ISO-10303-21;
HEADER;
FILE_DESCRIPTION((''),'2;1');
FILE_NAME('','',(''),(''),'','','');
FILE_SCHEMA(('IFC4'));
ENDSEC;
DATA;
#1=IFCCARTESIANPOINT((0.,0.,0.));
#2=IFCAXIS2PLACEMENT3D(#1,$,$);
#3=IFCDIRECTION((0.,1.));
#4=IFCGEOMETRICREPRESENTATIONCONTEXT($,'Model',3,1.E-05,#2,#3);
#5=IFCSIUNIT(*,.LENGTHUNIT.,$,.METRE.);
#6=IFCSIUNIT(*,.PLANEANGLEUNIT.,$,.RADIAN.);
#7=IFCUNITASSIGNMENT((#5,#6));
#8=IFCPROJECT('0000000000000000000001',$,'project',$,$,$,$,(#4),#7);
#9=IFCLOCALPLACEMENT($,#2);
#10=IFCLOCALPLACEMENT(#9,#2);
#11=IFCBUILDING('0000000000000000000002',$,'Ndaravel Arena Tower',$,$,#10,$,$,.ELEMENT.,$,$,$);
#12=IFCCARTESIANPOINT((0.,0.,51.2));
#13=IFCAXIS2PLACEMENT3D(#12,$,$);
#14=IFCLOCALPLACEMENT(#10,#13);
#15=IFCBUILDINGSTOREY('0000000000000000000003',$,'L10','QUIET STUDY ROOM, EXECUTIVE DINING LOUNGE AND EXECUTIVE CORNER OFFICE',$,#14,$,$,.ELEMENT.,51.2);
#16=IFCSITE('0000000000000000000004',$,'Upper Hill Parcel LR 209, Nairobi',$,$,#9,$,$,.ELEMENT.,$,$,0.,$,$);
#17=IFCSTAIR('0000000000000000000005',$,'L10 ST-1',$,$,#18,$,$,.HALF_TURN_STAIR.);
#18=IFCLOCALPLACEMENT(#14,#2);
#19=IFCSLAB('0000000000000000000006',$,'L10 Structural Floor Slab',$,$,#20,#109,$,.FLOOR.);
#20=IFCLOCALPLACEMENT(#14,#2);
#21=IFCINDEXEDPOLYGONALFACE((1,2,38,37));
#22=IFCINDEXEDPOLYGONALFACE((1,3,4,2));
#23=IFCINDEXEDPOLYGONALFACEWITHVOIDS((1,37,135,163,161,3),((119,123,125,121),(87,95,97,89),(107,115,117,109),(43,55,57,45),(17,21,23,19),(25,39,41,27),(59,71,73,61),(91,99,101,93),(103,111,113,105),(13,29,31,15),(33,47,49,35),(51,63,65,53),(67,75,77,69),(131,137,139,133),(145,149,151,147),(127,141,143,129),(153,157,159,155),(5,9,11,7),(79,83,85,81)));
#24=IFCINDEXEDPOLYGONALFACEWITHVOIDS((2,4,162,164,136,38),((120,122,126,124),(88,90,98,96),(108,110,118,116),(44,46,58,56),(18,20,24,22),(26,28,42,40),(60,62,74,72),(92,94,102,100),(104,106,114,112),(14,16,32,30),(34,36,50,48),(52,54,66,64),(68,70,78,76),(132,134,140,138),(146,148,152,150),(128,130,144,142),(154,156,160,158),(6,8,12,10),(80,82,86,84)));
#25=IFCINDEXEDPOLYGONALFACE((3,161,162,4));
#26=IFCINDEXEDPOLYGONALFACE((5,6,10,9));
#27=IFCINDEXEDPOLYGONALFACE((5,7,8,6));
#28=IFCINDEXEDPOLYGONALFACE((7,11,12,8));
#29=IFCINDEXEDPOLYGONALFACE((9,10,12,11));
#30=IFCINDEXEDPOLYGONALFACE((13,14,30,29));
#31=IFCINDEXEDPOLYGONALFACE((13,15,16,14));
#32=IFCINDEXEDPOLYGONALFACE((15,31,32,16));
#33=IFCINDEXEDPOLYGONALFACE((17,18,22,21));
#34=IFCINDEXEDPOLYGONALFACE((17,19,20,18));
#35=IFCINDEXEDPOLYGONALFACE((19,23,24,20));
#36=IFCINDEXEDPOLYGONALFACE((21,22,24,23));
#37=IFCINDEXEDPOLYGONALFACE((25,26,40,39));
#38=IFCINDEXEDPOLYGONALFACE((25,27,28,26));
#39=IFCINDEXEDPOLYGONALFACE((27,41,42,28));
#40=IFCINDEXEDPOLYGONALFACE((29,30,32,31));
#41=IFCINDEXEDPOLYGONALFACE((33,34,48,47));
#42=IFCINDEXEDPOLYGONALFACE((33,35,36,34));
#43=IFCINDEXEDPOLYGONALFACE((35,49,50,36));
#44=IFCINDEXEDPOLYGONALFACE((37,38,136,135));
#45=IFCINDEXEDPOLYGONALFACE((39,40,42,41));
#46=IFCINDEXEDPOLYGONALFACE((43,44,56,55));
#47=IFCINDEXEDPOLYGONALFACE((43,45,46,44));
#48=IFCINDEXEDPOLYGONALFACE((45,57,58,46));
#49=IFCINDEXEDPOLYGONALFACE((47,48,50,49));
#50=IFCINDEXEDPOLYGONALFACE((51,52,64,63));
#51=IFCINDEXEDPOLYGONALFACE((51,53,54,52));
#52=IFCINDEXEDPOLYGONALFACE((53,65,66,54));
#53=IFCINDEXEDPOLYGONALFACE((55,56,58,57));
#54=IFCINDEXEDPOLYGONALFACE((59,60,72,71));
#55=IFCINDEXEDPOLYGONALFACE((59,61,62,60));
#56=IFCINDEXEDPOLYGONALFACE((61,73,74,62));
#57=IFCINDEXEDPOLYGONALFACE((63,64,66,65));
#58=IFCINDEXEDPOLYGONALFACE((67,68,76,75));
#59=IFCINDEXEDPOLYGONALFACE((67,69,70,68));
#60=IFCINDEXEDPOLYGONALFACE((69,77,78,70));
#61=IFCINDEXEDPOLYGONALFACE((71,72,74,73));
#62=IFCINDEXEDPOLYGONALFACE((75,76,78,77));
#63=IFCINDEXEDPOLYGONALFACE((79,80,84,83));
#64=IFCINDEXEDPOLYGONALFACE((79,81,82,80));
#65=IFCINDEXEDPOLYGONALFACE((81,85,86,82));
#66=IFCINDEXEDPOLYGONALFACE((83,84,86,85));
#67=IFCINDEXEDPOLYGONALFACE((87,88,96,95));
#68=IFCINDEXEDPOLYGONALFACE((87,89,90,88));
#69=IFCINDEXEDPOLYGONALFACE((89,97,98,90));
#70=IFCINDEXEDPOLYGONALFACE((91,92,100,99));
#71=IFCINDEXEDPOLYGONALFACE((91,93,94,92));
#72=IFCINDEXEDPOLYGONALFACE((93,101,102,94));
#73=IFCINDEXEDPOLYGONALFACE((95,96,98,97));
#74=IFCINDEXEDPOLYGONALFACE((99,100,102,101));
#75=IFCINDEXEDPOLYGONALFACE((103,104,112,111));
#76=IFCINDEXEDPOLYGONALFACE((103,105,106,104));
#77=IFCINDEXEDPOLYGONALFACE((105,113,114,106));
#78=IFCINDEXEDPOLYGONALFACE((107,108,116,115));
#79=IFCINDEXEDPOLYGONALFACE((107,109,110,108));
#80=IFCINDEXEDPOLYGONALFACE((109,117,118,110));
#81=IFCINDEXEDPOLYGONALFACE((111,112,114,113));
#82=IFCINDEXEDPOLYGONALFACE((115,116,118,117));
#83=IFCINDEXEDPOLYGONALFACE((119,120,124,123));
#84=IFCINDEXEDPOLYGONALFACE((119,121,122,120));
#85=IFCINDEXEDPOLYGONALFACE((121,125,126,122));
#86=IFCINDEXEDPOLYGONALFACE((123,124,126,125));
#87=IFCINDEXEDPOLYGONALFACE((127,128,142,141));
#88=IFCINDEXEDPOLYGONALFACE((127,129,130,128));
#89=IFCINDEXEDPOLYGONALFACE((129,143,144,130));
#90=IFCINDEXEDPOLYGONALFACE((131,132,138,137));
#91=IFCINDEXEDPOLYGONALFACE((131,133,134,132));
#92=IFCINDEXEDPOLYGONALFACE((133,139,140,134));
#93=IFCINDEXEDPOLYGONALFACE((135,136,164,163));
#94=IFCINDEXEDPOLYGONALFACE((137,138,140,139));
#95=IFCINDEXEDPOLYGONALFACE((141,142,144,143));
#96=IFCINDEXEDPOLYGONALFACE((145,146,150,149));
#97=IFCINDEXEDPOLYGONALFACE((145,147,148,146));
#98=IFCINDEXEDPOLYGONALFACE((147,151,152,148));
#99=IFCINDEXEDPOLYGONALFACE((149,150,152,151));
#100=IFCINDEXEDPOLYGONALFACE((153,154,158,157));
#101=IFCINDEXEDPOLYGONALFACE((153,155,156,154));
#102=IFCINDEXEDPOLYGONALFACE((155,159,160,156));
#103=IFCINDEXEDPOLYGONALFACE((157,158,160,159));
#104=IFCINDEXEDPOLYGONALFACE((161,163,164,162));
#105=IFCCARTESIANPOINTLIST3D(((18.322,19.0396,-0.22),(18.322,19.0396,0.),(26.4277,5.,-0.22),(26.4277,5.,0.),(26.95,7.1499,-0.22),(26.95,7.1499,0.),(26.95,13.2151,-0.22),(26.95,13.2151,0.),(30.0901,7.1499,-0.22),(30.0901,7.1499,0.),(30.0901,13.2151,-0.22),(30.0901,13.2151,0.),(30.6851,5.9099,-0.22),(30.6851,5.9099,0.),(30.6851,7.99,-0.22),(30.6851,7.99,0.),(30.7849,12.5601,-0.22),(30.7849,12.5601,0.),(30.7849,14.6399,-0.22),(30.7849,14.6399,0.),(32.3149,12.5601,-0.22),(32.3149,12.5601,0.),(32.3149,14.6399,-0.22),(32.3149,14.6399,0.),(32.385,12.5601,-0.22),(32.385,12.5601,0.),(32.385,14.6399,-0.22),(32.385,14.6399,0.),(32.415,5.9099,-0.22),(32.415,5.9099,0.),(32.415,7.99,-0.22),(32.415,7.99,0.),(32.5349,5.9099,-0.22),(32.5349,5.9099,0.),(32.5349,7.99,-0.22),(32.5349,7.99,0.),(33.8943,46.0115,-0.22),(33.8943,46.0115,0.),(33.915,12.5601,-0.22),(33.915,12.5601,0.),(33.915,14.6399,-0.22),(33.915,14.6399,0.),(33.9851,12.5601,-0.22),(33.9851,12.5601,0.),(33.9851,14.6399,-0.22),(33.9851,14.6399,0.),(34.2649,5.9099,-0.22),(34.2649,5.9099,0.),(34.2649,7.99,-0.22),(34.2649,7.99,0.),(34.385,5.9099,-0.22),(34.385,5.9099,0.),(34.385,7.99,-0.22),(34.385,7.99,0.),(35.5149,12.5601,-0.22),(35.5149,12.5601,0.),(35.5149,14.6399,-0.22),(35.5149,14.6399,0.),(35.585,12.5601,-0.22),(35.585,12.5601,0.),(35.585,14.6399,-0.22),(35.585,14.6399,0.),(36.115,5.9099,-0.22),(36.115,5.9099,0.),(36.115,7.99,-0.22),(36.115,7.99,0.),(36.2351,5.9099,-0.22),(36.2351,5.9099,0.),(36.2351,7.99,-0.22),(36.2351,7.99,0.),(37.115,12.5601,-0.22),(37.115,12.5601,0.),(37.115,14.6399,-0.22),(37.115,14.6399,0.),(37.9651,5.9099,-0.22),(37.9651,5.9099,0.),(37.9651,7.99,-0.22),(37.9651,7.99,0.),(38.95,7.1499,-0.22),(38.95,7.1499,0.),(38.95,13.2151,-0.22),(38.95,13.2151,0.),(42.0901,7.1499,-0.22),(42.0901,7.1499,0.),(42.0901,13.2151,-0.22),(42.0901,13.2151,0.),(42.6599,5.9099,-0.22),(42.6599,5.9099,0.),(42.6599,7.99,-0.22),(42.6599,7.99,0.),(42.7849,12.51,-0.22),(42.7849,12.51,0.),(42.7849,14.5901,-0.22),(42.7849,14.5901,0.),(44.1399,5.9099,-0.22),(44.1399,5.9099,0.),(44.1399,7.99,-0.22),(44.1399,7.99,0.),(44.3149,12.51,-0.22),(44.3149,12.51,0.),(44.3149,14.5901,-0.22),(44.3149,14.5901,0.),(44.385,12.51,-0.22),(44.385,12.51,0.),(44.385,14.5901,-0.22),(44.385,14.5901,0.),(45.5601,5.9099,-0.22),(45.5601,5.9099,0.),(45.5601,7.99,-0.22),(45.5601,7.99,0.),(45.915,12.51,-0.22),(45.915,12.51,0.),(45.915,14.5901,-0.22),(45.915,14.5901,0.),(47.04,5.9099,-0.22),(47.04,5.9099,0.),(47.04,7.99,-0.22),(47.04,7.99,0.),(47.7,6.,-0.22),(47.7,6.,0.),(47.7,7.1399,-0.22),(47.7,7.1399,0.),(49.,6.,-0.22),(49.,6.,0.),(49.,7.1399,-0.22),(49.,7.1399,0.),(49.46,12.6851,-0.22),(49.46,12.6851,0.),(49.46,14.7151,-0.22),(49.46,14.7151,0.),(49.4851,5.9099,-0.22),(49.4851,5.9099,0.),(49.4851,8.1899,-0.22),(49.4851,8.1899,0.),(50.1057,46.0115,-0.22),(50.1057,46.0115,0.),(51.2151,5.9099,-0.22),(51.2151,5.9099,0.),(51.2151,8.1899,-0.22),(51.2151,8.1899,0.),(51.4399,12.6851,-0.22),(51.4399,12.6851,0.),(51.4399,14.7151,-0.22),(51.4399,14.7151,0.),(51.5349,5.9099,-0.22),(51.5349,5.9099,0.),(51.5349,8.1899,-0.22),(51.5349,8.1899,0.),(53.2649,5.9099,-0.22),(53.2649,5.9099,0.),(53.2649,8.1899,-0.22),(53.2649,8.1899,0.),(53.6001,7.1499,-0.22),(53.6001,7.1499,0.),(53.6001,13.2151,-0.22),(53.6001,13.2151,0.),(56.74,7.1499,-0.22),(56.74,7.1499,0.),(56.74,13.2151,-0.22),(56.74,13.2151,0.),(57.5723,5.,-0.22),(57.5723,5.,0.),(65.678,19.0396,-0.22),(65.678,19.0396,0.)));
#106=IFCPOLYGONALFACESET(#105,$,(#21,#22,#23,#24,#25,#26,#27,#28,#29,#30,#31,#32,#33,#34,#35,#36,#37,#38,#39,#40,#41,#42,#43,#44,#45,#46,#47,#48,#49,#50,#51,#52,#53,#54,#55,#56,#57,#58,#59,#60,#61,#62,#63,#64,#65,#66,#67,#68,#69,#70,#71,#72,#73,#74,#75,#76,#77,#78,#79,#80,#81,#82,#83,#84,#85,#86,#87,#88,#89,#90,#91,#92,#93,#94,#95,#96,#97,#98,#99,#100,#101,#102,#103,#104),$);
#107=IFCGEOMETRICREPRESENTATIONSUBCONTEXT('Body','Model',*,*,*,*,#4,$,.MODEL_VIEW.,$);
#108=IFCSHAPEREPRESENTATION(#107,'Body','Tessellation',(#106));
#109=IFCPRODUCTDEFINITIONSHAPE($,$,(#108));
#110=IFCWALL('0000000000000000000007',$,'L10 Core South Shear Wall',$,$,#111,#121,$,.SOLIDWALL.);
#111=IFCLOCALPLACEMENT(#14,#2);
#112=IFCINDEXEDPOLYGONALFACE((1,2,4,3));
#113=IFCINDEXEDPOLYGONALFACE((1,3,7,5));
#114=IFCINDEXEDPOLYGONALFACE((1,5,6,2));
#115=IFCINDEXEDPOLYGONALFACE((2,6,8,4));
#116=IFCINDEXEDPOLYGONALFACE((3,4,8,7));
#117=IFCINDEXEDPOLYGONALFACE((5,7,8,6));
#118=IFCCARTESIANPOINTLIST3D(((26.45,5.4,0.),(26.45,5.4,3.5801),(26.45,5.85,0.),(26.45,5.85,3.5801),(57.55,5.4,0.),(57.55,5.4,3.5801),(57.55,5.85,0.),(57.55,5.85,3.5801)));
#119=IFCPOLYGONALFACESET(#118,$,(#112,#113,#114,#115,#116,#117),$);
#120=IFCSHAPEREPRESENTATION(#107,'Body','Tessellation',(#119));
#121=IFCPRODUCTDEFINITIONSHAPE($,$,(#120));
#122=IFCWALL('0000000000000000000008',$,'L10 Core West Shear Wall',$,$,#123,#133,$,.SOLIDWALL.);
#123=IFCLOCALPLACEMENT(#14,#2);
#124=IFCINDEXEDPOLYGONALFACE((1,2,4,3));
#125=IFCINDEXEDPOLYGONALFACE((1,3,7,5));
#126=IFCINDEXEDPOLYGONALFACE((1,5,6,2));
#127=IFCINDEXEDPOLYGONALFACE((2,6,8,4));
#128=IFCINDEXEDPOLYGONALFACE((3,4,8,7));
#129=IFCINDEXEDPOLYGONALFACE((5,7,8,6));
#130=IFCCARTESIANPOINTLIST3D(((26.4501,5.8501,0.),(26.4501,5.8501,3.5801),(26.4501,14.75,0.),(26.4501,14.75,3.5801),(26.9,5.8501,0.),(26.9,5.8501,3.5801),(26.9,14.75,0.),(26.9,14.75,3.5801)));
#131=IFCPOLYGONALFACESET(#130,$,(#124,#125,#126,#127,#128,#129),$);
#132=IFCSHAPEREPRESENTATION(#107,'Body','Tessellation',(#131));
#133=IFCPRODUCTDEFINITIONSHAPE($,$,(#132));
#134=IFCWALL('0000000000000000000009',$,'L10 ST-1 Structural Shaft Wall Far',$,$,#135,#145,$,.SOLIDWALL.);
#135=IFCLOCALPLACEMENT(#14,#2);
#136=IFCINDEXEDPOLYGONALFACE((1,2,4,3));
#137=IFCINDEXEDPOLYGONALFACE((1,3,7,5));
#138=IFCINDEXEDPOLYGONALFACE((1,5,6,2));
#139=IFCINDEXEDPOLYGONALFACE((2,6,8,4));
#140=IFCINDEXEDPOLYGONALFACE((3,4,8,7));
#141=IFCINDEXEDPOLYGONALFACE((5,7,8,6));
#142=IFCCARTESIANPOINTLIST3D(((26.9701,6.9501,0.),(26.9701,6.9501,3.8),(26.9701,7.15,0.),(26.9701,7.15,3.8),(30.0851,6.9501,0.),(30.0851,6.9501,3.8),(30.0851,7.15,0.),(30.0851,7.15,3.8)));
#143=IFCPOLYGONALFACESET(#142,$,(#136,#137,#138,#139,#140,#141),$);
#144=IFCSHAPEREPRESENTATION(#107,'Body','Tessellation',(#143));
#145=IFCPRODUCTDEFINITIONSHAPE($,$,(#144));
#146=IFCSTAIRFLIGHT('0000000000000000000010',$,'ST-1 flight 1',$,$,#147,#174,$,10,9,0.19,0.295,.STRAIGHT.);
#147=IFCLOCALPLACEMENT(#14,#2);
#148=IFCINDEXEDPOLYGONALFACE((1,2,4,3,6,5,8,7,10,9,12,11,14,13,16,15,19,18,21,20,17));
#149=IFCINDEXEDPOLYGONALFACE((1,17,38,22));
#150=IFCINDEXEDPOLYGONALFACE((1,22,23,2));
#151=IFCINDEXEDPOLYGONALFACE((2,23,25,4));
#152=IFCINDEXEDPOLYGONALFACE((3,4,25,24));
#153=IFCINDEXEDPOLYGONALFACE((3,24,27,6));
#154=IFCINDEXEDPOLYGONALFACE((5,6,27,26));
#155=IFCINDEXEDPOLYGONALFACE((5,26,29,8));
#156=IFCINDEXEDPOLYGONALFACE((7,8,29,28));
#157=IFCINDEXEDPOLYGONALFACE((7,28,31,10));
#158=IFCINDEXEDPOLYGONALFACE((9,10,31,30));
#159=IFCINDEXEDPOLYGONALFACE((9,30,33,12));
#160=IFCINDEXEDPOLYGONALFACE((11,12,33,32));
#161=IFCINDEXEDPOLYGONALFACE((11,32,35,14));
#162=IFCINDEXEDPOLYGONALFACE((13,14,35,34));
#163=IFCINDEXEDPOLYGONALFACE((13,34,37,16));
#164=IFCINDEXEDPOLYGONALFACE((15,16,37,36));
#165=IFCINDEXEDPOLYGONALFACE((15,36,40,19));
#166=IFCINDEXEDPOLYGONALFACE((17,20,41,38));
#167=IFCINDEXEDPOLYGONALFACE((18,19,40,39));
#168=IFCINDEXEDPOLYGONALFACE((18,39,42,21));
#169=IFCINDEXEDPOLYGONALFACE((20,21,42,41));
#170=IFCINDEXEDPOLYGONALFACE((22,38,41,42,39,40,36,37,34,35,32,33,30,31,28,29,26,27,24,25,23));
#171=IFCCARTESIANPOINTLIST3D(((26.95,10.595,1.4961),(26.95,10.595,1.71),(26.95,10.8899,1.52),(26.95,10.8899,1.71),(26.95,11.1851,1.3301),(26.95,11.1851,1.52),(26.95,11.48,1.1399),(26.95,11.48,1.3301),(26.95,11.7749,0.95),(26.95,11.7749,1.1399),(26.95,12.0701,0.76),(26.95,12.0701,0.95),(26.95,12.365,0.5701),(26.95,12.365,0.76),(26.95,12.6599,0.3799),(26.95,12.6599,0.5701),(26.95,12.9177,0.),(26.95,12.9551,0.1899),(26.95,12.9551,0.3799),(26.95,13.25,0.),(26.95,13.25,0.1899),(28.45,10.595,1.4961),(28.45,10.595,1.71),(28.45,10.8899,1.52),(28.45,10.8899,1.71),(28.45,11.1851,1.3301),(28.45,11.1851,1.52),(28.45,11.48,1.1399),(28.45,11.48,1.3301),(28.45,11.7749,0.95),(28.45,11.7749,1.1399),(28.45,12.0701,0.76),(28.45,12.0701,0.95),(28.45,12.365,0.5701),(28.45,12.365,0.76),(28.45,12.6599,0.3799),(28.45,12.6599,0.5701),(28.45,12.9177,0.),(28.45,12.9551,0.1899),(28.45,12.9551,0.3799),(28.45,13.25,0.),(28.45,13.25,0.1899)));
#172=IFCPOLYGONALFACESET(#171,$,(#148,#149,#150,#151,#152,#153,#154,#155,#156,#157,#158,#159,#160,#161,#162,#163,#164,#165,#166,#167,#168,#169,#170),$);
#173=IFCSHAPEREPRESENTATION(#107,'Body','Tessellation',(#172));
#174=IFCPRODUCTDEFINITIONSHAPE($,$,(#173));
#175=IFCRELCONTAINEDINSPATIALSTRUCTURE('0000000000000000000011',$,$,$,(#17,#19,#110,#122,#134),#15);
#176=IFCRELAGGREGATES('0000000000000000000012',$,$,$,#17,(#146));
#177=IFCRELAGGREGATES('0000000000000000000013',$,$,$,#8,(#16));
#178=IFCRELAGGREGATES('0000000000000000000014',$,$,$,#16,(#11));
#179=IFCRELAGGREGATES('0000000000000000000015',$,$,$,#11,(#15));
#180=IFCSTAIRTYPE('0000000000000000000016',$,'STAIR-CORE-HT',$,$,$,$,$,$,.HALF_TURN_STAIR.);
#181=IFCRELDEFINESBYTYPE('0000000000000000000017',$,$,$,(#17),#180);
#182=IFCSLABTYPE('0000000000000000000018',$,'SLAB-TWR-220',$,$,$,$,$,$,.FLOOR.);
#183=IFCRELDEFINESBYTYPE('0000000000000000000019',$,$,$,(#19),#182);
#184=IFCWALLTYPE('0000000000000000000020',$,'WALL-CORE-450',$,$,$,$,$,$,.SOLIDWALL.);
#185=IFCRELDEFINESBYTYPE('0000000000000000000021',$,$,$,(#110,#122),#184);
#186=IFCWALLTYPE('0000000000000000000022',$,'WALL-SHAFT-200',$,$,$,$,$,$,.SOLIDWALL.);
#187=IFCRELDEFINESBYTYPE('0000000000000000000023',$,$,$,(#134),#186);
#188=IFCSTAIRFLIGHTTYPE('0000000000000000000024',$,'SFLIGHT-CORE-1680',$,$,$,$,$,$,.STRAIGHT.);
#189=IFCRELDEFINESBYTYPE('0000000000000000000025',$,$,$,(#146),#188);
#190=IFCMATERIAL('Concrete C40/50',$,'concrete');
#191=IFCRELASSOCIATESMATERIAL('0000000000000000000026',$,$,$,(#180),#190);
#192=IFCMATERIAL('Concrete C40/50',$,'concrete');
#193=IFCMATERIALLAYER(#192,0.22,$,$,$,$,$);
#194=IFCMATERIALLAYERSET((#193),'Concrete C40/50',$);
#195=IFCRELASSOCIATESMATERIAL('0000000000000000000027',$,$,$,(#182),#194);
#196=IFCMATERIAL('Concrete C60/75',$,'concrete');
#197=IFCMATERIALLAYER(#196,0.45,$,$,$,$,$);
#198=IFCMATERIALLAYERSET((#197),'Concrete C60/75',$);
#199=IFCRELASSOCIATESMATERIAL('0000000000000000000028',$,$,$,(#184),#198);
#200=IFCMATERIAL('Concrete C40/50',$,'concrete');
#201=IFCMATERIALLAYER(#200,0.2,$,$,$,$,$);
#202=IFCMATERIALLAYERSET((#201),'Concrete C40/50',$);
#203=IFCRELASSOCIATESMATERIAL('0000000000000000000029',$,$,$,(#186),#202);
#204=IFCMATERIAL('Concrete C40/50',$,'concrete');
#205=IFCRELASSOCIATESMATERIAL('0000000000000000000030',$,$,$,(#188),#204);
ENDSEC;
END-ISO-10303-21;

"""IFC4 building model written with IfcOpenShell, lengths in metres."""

from ifc_helpers import new_model, si_unit, direction, frame, frame_2d, origin, place, context, subcontext, project, spatial, polyline, rectangle, outline, extrude, material, layer, layer_set, type_object, element, aggregate, save


model = new_model("IFC4")

# Units and contexts
model_context = context("Model", 3, precision=1e-05, world=origin(), true_north=direction((0.0, 1.0)))
body_context = subcontext(model_context, "Body", "Model", "MODEL_VIEW")
ifc_project = project(units=[si_unit("LENGTHUNIT", "METRE"), si_unit("PLANEANGLEUNIT", "RADIAN")], contexts=[model_context])

# Site, building, storey
site_placement = place(None, origin())
site = spatial("IfcSite", under=ifc_project, at=site_placement, Name="Upper Hill Parcel LR 209, Nairobi", CompositionType="ELEMENT", RefElevation=0.0)
building_placement = place(site_placement, origin())
building = spatial("IfcBuilding", under=site, at=building_placement, Name="Ndaravel Arena Tower", CompositionType="ELEMENT")
storey_placement = place(building_placement, frame((0.0, 0.0, 51.2)))
storey = spatial("IfcBuildingStorey", under=building, at=storey_placement, Name="L10", Description="QUIET STUDY ROOM, EXECUTIVE DINING LOUNGE AND EXECUTIVE CORNER OFFICE", CompositionType="ELEMENT", Elevation=51.2)

# Stair
ifc_material_1 = material(Name="Concrete C40/50", Category="concrete")
stair_type = type_object("IfcStairType", Name="STAIR-CORE-HT", PredefinedType="HALF_TURN_STAIR", material=ifc_material_1)
stair_1_placement = place(storey_placement, origin())
stair_1 = element("IfcStair", 1, at=stair_1_placement, inside=storey, type_object=stair_type, Name="L10 ST-1", PredefinedType="HALF_TURN_STAIR")

# Slab
ifc_material_2 = material(Name="Concrete C40/50", Category="concrete")
ifc_layer_1 = layer(ifc_material_2, 0.22)
ifc_layer_set_1 = layer_set([ifc_layer_1], Name="Concrete C40/50")
slab_type_1 = type_object("IfcSlabType", Name="SLAB-TWR-220", PredefinedType="FLOOR", material=ifc_layer_set_1)
slab_1_placement = place(storey_placement, frame((0.0, 0.0, -0.22)))
element("IfcSlab", 2, at=slab_1_placement, inside=storey, type_object=slab_type_1, Name="L10 Structural Floor Slab", PredefinedType="FLOOR", context=body_context, shape_type="SweptSolid", body=[
    extrude(outline(polyline([(18.322, 19.0396), (26.4277, 5.0), (57.5723, 5.0), (65.678, 19.0396), (50.1057, 46.0115), (33.8943, 46.0115), (18.322, 19.0396)]), holes=[polyline([(26.95, 13.2151), (26.95, 7.1499), (30.0901, 7.1499), (30.0901, 13.2151), (26.95, 13.2151)]), polyline([(38.95, 13.2151), (38.95, 7.1499), (42.0901, 7.1499), (42.0901, 13.2151), (38.95, 13.2151)]), polyline([(53.6001, 13.2151), (53.6001, 7.1499), (56.74, 7.1499), (56.74, 13.2151), (53.6001, 13.2151)]), polyline([(30.6851, 5.9099), (32.415, 5.9099), (32.415, 7.99), (30.6851, 7.99), (30.6851, 5.9099)]), polyline([(32.5349, 5.9099), (34.2649, 5.9099), (34.2649, 7.99), (32.5349, 7.99), (32.5349, 5.9099)]), polyline([(34.385, 5.9099), (36.115, 5.9099), (36.115, 7.99), (34.385, 7.99), (34.385, 5.9099)]), polyline([(36.2351, 5.9099), (37.9651, 5.9099), (37.9651, 7.99), (36.2351, 7.99), (36.2351, 5.9099)]), polyline([(30.7849, 12.5601), (32.3149, 12.5601), (32.3149, 14.6399), (30.7849, 14.6399), (30.7849, 12.5601)]), polyline([(32.385, 12.5601), (33.915, 12.5601), (33.915, 14.6399), (32.385, 14.6399), (32.385, 12.5601)]), polyline([(33.9851, 12.5601), (35.5149, 12.5601), (35.5149, 14.6399), (33.9851, 14.6399), (33.9851, 12.5601)]), polyline([(35.585, 12.5601), (37.115, 12.5601), (37.115, 14.6399), (35.585, 14.6399), (35.585, 12.5601)]), polyline([(42.6599, 5.9099), (44.1399, 5.9099), (44.1399, 7.99), (42.6599, 7.99), (42.6599, 5.9099)]), polyline([(45.5601, 5.9099), (47.04, 5.9099), (47.04, 7.99), (45.5601, 7.99), (45.5601, 5.9099)]), polyline([(42.7849, 12.51), (44.3149, 12.51), (44.3149, 14.5901), (42.7849, 14.5901), (42.7849, 12.51)]), polyline([(44.385, 12.51), (45.915, 12.51), (45.915, 14.5901), (44.385, 14.5901), (44.385, 12.51)]), polyline([(49.4851, 5.9099), (51.2151, 5.9099), (51.2151, 8.1899), (49.4851, 8.1899), (49.4851, 5.9099)]), polyline([(51.5349, 5.9099), (53.2649, 5.9099), (53.2649, 8.1899), (51.5349, 8.1899), (51.5349, 5.9099)]), polyline([(49.46, 12.6851), (51.4399, 12.6851), (51.4399, 14.7151), (49.46, 14.7151), (49.46, 12.6851)]), polyline([(47.7, 6.0), (49.0, 6.0), (49.0, 7.1399), (47.7, 7.1399), (47.7, 6.0)])]), origin(), (0.0, 0.0, 1.0), 0.22),
])

# Walls
ifc_material_3 = material(Name="Concrete C60/75", Category="concrete")
ifc_layer_2 = layer(ifc_material_3, 0.45)
ifc_layer_set_2 = layer_set([ifc_layer_2], Name="Concrete C60/75")
wall_type_1 = type_object("IfcWallType", Name="WALL-CORE-450", PredefinedType="SOLIDWALL", material=ifc_layer_set_2)
wall_1_placement = place(storey_placement, frame((26.45, 5.625, 0.0), z_axis=(0.0, 0.0, 1.0), x_axis=(1.0, 0.0, 0.0)))
element("IfcWall", 3, at=wall_1_placement, inside=storey, type_object=wall_type_1, Name="L10 Core South Shear Wall", PredefinedType="SOLIDWALL", context=body_context, shape_type="SweptSolid", body=[
    extrude(rectangle(XDim=31.1001, YDim=0.45, at=frame_2d((15.55, 0.0))), origin(), (0.0, 0.0, 1.0), 3.5801),
])
wall_2_placement = place(storey_placement, frame((26.675, 5.8501, 0.0), z_axis=(0.0, 0.0, 1.0), x_axis=(0.0, 1.0, 0.0)))
element("IfcWall", 4, at=wall_2_placement, inside=storey, type_object=wall_type_1, Name="L10 Core West Shear Wall", PredefinedType="SOLIDWALL", context=body_context, shape_type="SweptSolid", body=[
    extrude(rectangle(XDim=8.8999, YDim=0.45, at=frame_2d((4.45, 0.0))), origin(), (0.0, 0.0, 1.0), 3.5801),
])
ifc_material_4 = material(Name="Concrete C40/50", Category="concrete")
ifc_layer_3 = layer(ifc_material_4, 0.2)
ifc_layer_set_3 = layer_set([ifc_layer_3], Name="Concrete C40/50")
wall_type_2 = type_object("IfcWallType", Name="WALL-SHAFT-200", PredefinedType="SOLIDWALL", material=ifc_layer_set_3)
wall_3_placement = place(storey_placement, frame((26.97, 7.05, 0.0), z_axis=(0.0, 0.0, 1.0), x_axis=(1.0, 0.0, 0.0)))
element("IfcWall", 5, at=wall_3_placement, inside=storey, type_object=wall_type_2, Name="L10 ST-1 Structural Shaft Wall Far", PredefinedType="SOLIDWALL", context=body_context, shape_type="SweptSolid", body=[
    extrude(rectangle(XDim=3.115, YDim=0.2, at=frame_2d((1.5576, 0.0))), origin(), (0.0, 0.0, 1.0), 3.8),
])

# Stair flight
ifc_material_5 = material(Name="Concrete C40/50", Category="concrete")
stair_flight_type = type_object("IfcStairFlightType", Name="SFLIGHT-CORE-1680", PredefinedType="STRAIGHT", material=ifc_material_5)
stair_flight_1_placement = place(storey_placement, frame((27.7, 13.25, 0.0), z_axis=(0.0, 0.0, 1.0), x_axis=(0.0, -1.0, 0.0)))
stair_flight_1 = element("IfcStairFlight", 6, at=stair_flight_1_placement, type_object=stair_flight_type, Name="ST-1 flight 1", NumberOfRisers=10, NumberOfTreads=9, PredefinedType="STRAIGHT", RiserHeight=0.19, TreadLength=0.295, context=body_context, shape_type="SweptSolid", body=[
    extrude(outline(polyline([(0.0, 0.0), (0.0, 0.1899), (0.2949, 0.1899), (0.2949, 0.3799), (0.5901, 0.3799), (0.5901, 0.5701), (0.885, 0.5701), (0.885, 0.76), (1.1799, 0.76), (1.1799, 0.95), (1.4751, 0.95), (1.4751, 1.1399), (1.77, 1.1399), (1.77, 1.3301), (2.0649, 1.3301), (2.0649, 1.52), (2.3601, 1.52), (2.3601, 1.71), (2.655, 1.71), (2.655, 1.8999), (2.655, 1.4961), (0.3323, 0.0), (0.0, 0.0)])), frame((0.0, 0.75, 0.0), z_axis=(0.0, -1.0, 0.0), x_axis=(1.0, 0.0, 0.0)), (0.0, 0.0, 1.0), 1.5),
])
aggregate(stair_1, [stair_flight_1])

save(model, "model.ifc")
